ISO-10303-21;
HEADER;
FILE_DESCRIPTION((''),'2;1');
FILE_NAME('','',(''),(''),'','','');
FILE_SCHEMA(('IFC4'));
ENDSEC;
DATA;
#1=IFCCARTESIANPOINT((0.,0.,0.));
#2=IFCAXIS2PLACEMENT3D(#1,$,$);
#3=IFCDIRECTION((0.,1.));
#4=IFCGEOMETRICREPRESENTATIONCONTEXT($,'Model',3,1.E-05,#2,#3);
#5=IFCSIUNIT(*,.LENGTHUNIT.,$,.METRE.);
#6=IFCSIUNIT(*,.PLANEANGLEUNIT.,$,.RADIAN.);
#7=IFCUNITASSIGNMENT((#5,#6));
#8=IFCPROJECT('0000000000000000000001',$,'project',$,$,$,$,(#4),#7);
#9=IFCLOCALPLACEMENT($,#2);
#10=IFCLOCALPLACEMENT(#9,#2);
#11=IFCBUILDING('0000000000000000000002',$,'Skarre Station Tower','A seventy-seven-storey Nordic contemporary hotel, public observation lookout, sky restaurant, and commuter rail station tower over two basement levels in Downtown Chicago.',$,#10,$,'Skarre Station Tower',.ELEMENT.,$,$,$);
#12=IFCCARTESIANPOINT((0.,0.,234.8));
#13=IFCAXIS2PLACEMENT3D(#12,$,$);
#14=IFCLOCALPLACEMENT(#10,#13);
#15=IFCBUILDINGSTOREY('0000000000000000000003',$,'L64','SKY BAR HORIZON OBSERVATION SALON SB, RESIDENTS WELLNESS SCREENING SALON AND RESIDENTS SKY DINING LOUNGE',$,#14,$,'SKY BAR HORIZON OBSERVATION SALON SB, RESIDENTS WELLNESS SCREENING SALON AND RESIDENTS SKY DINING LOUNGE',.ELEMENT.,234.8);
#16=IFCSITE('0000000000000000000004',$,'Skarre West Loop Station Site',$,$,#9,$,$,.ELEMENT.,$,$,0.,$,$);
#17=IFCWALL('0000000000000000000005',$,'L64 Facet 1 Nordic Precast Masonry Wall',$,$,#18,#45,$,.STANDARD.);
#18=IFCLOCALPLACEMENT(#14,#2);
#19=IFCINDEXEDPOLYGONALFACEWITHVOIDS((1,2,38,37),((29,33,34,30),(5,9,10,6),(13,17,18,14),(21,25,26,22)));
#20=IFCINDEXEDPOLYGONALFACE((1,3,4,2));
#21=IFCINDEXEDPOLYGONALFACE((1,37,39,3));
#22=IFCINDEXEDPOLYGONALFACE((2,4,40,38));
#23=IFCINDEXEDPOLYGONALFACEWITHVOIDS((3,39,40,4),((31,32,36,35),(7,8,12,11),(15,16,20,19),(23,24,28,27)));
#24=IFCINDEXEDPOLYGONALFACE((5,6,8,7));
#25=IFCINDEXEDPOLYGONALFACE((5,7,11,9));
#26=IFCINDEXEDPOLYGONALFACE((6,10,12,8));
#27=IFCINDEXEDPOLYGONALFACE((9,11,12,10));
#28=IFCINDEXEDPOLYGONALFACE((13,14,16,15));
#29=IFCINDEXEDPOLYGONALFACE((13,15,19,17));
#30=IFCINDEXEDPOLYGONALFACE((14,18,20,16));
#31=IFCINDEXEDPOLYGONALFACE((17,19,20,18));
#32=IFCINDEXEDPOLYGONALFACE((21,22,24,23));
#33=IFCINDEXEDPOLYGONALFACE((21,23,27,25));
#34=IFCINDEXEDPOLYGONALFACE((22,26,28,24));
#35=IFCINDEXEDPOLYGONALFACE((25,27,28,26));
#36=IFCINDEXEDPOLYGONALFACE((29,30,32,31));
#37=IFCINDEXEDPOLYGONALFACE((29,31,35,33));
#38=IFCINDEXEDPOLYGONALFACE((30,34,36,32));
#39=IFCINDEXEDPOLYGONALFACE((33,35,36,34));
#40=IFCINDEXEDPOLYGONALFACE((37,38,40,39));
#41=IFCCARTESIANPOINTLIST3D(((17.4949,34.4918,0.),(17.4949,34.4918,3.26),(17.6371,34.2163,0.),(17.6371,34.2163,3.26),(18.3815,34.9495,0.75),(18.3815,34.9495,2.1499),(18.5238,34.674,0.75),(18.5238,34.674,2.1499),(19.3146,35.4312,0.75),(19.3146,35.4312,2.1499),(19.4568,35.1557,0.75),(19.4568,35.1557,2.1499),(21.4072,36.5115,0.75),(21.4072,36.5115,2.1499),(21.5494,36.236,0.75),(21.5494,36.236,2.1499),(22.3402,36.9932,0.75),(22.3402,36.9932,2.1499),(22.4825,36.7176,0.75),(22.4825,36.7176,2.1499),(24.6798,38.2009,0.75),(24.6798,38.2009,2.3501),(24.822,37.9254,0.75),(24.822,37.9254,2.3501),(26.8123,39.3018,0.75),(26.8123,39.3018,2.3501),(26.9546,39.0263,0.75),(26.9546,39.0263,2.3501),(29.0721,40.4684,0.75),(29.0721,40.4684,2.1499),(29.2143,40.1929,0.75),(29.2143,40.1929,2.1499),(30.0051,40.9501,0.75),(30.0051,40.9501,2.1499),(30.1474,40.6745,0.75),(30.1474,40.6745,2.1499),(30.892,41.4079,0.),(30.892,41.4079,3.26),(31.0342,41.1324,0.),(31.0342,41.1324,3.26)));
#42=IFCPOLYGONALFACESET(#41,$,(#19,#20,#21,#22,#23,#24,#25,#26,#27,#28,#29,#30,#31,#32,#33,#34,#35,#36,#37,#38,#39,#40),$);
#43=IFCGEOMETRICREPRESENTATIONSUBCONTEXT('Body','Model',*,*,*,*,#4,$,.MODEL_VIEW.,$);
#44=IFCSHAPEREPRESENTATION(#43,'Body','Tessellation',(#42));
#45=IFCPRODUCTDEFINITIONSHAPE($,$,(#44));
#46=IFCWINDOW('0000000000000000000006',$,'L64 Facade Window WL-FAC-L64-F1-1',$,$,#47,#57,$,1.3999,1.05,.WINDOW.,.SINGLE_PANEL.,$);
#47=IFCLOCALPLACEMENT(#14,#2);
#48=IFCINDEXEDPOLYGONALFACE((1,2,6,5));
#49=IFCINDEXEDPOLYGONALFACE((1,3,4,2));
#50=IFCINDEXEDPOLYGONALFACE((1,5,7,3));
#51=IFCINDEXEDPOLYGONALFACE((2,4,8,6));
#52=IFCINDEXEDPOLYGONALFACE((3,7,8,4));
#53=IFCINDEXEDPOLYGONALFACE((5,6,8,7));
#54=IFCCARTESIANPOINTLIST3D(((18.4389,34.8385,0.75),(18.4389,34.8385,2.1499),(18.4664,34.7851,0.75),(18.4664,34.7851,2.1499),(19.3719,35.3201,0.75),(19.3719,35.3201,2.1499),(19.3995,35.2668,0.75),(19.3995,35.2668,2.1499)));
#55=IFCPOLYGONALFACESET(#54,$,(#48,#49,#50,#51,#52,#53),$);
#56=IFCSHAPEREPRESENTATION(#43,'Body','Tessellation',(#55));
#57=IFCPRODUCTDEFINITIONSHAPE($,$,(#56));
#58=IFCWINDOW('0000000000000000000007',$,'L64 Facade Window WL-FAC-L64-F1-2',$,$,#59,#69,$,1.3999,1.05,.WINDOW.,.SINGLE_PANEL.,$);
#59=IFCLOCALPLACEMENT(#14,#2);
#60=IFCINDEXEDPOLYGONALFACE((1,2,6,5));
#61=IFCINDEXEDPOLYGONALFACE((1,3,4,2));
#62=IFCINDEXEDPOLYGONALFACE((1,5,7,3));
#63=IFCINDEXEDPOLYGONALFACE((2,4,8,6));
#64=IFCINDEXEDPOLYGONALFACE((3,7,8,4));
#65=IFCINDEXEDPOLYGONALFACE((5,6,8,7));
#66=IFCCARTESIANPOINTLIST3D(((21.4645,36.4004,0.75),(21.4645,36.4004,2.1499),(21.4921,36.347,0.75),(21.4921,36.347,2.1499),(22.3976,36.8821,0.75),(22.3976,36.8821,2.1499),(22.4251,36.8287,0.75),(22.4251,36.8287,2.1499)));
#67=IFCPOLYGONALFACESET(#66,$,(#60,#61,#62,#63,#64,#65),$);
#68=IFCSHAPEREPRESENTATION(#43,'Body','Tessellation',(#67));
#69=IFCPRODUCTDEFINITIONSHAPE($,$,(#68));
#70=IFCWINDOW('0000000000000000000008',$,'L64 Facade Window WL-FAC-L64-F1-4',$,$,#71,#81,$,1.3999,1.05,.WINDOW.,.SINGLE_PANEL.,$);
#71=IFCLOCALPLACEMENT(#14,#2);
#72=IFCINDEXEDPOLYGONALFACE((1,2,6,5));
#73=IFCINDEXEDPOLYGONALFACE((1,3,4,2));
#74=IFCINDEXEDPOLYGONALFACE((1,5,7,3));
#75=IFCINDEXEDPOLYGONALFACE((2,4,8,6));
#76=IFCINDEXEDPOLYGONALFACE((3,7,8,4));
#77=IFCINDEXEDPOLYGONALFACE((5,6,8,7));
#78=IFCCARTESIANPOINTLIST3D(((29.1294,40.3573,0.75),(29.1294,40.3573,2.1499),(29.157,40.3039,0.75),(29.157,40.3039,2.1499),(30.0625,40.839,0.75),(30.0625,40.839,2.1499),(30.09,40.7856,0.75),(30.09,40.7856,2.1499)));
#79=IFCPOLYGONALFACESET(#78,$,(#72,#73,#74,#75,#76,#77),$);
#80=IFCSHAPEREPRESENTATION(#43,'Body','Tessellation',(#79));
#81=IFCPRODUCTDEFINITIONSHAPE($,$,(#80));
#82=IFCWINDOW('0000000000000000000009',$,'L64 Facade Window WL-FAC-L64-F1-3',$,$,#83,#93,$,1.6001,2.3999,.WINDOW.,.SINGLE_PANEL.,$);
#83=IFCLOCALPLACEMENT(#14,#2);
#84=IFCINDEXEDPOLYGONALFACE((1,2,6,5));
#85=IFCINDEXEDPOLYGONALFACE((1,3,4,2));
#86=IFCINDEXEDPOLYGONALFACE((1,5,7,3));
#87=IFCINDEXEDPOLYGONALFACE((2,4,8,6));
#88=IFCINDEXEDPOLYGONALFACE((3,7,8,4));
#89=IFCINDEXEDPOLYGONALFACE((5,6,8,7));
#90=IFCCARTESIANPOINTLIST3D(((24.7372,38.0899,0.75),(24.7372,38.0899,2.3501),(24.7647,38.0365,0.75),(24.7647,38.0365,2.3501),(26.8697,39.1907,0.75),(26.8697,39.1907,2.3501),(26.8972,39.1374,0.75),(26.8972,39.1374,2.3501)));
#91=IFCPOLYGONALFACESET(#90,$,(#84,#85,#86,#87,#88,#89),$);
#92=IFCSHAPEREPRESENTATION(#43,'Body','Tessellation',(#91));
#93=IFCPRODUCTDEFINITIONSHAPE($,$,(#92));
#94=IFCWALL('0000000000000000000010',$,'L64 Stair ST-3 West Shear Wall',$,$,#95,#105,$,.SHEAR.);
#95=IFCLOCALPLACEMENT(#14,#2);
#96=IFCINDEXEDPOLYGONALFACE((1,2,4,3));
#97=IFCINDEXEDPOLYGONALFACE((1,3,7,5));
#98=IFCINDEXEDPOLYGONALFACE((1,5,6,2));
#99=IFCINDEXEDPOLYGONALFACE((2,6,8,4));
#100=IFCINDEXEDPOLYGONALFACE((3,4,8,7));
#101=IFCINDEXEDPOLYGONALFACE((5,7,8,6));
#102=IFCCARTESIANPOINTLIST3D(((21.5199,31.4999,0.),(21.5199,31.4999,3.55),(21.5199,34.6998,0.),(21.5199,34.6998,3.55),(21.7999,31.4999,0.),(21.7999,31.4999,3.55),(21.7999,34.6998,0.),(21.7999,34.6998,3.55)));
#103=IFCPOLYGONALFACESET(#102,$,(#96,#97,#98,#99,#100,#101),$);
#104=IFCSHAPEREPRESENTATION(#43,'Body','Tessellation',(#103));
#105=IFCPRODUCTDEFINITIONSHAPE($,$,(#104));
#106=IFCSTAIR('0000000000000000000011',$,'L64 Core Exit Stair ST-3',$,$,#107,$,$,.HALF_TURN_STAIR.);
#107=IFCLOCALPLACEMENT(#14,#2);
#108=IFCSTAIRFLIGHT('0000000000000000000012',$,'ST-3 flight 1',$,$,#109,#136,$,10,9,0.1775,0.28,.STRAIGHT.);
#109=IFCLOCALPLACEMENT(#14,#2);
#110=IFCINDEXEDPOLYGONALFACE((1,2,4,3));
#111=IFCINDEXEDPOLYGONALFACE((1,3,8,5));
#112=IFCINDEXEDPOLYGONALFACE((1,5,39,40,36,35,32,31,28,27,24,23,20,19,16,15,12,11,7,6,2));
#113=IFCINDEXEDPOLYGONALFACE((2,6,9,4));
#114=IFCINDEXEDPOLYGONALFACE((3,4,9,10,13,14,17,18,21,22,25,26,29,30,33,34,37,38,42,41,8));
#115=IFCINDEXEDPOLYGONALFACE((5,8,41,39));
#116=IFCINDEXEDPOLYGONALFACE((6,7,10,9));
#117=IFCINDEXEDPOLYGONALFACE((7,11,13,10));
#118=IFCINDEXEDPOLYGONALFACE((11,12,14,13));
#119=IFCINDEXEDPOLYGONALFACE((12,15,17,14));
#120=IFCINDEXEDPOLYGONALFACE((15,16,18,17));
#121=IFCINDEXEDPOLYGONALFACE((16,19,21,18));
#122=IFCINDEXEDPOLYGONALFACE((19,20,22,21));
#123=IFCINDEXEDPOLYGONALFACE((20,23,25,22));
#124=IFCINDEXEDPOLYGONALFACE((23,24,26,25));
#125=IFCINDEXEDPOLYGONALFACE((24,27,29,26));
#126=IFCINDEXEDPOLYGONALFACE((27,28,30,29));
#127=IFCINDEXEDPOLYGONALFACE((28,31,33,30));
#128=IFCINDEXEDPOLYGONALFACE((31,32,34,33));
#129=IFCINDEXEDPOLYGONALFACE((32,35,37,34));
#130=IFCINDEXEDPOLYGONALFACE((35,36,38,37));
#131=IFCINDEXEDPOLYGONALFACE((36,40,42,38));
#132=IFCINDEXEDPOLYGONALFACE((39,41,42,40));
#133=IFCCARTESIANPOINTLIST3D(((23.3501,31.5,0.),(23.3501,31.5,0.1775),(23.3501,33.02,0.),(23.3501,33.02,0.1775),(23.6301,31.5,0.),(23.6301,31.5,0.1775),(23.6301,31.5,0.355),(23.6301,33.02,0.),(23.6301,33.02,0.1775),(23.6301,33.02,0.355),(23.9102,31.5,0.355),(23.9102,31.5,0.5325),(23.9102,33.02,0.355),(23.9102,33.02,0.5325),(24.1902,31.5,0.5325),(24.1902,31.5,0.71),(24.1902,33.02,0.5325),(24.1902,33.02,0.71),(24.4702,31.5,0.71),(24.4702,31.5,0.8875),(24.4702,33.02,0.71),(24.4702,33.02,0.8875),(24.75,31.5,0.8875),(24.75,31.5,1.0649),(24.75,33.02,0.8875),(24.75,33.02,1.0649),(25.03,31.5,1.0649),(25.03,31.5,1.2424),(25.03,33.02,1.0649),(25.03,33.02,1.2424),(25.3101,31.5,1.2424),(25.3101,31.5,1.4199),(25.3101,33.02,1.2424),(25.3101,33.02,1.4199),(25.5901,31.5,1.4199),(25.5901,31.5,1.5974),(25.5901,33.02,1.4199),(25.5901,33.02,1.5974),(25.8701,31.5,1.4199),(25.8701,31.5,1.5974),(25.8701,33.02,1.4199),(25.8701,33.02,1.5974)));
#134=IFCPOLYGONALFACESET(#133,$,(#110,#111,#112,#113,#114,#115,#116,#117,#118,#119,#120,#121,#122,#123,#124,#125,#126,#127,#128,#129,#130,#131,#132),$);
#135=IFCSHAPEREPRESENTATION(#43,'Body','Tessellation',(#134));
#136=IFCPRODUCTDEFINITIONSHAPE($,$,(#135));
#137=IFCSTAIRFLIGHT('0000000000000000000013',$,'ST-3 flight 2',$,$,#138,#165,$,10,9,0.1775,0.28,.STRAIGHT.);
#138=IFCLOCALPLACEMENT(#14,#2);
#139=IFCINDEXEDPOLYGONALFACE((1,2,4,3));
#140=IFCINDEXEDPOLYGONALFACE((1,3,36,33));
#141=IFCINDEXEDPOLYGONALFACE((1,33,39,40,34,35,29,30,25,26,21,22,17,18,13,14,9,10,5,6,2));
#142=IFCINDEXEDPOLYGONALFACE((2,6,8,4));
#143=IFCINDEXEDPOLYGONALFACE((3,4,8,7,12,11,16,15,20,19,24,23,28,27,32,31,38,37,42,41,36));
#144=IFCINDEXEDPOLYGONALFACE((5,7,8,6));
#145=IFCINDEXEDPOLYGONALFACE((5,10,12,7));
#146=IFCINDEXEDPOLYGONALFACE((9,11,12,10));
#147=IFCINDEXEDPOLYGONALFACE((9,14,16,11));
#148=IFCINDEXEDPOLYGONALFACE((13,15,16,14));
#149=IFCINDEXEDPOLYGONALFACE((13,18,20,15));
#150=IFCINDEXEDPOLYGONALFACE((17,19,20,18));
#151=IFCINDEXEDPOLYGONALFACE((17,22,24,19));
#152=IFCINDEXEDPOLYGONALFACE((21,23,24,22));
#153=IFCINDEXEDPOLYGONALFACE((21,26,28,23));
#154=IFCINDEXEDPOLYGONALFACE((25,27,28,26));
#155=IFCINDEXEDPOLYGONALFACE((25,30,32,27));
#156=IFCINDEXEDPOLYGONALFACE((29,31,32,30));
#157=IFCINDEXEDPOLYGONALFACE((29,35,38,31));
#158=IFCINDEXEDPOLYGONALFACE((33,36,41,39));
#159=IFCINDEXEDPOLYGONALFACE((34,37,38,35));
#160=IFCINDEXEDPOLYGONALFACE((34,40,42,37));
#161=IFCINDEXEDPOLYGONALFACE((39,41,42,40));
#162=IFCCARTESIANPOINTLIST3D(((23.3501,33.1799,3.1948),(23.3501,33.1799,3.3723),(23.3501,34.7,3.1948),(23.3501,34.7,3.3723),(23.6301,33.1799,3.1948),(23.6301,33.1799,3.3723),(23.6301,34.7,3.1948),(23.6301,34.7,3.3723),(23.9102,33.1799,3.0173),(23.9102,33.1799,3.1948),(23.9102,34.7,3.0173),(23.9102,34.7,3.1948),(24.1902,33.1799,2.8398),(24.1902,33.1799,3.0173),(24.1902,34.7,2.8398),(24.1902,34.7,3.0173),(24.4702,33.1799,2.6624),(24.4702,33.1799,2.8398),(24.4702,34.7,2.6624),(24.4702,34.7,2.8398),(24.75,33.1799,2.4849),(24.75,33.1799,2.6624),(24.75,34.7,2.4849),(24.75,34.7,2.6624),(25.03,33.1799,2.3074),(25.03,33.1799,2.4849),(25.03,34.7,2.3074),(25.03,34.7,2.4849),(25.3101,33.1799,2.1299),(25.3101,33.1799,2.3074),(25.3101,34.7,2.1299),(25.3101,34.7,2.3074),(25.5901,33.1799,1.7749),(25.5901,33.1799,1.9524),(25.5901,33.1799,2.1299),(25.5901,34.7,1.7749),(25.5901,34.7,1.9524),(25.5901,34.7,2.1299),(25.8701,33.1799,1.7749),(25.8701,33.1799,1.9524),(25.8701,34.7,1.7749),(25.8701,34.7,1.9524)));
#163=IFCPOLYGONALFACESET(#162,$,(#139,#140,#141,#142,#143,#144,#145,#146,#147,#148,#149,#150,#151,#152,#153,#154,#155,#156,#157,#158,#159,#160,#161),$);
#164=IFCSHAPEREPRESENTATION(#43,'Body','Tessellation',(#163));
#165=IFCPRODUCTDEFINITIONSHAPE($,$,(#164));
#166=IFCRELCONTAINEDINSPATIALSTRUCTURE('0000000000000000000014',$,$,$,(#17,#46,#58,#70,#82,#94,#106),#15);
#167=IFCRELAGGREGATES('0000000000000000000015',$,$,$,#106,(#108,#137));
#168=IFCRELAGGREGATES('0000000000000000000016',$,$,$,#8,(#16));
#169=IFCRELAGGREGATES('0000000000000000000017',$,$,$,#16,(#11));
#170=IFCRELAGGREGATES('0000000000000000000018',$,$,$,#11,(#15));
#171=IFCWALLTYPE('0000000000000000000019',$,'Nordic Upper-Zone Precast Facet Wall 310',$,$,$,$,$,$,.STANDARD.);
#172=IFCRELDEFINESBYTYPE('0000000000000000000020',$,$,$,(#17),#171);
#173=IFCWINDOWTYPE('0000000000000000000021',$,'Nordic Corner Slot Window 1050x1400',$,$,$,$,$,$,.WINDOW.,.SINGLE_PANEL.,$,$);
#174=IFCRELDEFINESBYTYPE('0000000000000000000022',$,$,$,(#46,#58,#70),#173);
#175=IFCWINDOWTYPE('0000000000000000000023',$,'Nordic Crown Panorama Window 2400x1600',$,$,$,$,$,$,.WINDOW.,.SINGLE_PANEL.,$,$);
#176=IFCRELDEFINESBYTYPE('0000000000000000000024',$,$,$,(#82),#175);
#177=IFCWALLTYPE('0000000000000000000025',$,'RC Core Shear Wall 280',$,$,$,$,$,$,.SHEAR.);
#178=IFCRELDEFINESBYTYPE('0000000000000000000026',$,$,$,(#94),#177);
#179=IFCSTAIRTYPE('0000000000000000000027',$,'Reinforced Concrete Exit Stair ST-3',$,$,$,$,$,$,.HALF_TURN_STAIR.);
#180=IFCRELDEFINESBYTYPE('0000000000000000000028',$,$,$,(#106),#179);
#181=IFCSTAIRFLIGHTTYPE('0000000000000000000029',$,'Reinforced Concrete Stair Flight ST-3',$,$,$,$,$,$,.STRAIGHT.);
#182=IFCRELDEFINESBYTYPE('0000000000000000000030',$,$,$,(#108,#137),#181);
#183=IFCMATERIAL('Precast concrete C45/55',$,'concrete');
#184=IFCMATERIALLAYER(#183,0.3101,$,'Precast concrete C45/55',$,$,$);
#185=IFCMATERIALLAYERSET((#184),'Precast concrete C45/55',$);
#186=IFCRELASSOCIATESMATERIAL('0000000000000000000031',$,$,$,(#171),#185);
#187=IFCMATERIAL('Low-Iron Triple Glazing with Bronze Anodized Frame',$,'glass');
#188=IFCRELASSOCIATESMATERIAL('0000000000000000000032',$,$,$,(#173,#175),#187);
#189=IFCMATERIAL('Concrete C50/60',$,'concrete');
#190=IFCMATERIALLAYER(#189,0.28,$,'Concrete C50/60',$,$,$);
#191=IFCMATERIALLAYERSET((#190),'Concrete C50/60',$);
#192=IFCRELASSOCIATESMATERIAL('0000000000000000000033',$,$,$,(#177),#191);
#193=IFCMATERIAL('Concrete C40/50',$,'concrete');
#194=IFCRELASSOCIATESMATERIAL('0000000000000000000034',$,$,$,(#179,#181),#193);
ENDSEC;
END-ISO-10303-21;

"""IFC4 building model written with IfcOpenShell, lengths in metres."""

from ifc_helpers import new_model, si_unit, direction, frame, frame_2d, origin, place, context, subcontext, project, spatial, polyline, rectangle, outline, extrude, material, layer, layer_set, type_object, element, fill, aggregate, save


model = new_model("IFC4")

# Units and contexts
model_context = context("Model", 3, precision=1e-05, world=origin(), true_north=direction((0.0, 1.0)))
body_context = subcontext(model_context, "Body", "Model", "MODEL_VIEW")
ifc_project = project(units=[si_unit("LENGTHUNIT", "METRE"), si_unit("PLANEANGLEUNIT", "RADIAN")], contexts=[model_context])

# Site, building, storey
site_placement = place(None, origin())
site = spatial("IfcSite", under=ifc_project, at=site_placement, Name="Skarre West Loop Station Site", CompositionType="ELEMENT", RefElevation=0.0)
building_placement = place(site_placement, origin())
building = spatial("IfcBuilding", under=site, at=building_placement, Name="Skarre Station Tower", Description="A seventy-seven-storey Nordic contemporary hotel, public observation lookout, sky restaurant, and commuter rail station tower over two basement levels in Downtown Chicago.", LongName="Skarre Station Tower", CompositionType="ELEMENT")
storey_placement = place(building_placement, frame((0.0, 0.0, 234.8)))
storey = spatial("IfcBuildingStorey", under=building, at=storey_placement, Name="L64", Description="SKY BAR HORIZON OBSERVATION SALON SB, RESIDENTS WELLNESS SCREENING SALON AND RESIDENTS SKY DINING LOUNGE", LongName="SKY BAR HORIZON OBSERVATION SALON SB, RESIDENTS WELLNESS SCREENING SALON AND RESIDENTS SKY DINING LOUNGE", CompositionType="ELEMENT", Elevation=234.8)

# Shared definitions
ifc_material_1 = material(Name="Concrete C50/60", Category="concrete")

# Shared definitions
ifc_material_2 = material(Name="Precast concrete C45/55", Category="concrete")

# Wall, openings, windows
ifc_layer_1 = layer(ifc_material_2, 0.3101, Name="Precast concrete C45/55")
ifc_layer_set_1 = layer_set([ifc_layer_1], Name="Precast concrete C45/55")
wall_type_1 = type_object("IfcWallType", Name="Nordic Upper-Zone Precast Facet Wall 310", PredefinedType="STANDARD", material=ifc_layer_set_1)
wall_1_placement = place(storey_placement, frame((17.5659, 34.354, 0.0), z_axis=(0.0, 0.0, 1.0), x_axis=(0.888581, 0.458719, 0.0)))
wall_1 = element("IfcWall", 1, at=wall_1_placement, inside=storey, type_object=wall_type_1, Name="L64 Facet 1 Nordic Precast Masonry Wall", PredefinedType="STANDARD", context=body_context, shape_type="SweptSolid", body=[
    extrude(rectangle(XDim=15.0769, YDim=0.3101, at=frame_2d((7.5386, 0.0))), origin(), (0.0, 0.0, 1.0), 3.26),
])
opening_1_placement = place(wall_1_placement, frame((0.998, 0.0, 0.75)))
opening_1 = element("IfcOpeningElement", 2, at=opening_1_placement, cuts=wall_1, PredefinedType="OPENING", context=body_context, shape_type="SweptSolid", body=[
    extrude(rectangle(XDim=1.05, YDim=1.3999, at=frame_2d((0.5249, 0.7))), frame((0.0, 0.165, 0.0), z_axis=(0.0, -1.0, 0.0), x_axis=(1.0, 0.0, 0.0)), (0.0, 0.0, 1.0), 0.3301),
])
opening_2_placement = place(wall_1_placement, frame((4.4031, 0.0, 0.75)))
opening_2 = element("IfcOpeningElement", 3, at=opening_2_placement, cuts=wall_1, PredefinedType="OPENING", context=body_context, shape_type="SweptSolid", body=[
    extrude(rectangle(XDim=1.05, YDim=1.3999, at=frame_2d((0.5249, 0.7))), frame((0.0, 0.165, 0.0), z_axis=(0.0, -1.0, 0.0), x_axis=(1.0, 0.0, 0.0)), (0.0, 0.0, 1.0), 0.3301),
])
opening_3_placement = place(wall_1_placement, frame((8.0859, 0.0, 0.75)))
opening_3 = element("IfcOpeningElement", 4, at=opening_3_placement, cuts=wall_1, PredefinedType="OPENING", context=body_context, shape_type="SweptSolid", body=[
    extrude(rectangle(XDim=2.3999, YDim=1.6001, at=frame_2d((1.2, 0.8))), frame((0.0, 0.165, 0.0), z_axis=(0.0, -1.0, 0.0), x_axis=(1.0, 0.0, 0.0)), (0.0, 0.0, 1.0), 0.3301),
])
opening_4_placement = place(wall_1_placement, frame((13.0291, 0.0, 0.75)))
opening_4 = element("IfcOpeningElement", 5, at=opening_4_placement, cuts=wall_1, PredefinedType="OPENING", context=body_context, shape_type="SweptSolid", body=[
    extrude(rectangle(XDim=1.05, YDim=1.3999, at=frame_2d((0.5249, 0.7))), frame((0.0, 0.165, 0.0), z_axis=(0.0, -1.0, 0.0), x_axis=(1.0, 0.0, 0.0)), (0.0, 0.0, 1.0), 0.3301),
])
ifc_material_3 = material(Name="Low-Iron Triple Glazing with Bronze Anodized Frame", Category="glass")
window_type_1 = type_object("IfcWindowType", Name="Nordic Corner Slot Window 1050x1400", PartitioningType="SINGLE_PANEL", PredefinedType="WINDOW", material=ifc_material_3)
window_1_placement = place(opening_1_placement, origin())
window_1 = element("IfcWindow", 6, at=window_1_placement, inside=storey, type_object=window_type_1, Name="L64 Facade Window WL-FAC-L64-F1-1", OverallHeight=1.3999, OverallWidth=1.05, PartitioningType="SINGLE_PANEL", PredefinedType="WINDOW", context=body_context, shape_type="SweptSolid", body=[
    extrude(rectangle(XDim=1.05, YDim=1.3999, at=frame_2d((0.5249, 0.7))), frame((0.0, 0.03, 0.0), z_axis=(0.0, -1.0, 0.0), x_axis=(1.0, 0.0, 0.0)), (0.0, 0.0, 1.0), 0.0601),
])
fill(opening_1, window_1)
window_2_placement = place(opening_2_placement, origin())
window_2 = element("IfcWindow", 7, at=window_2_placement, inside=storey, type_object=window_type_1, Name="L64 Facade Window WL-FAC-L64-F1-2", OverallHeight=1.3999, OverallWidth=1.05, PartitioningType="SINGLE_PANEL", PredefinedType="WINDOW", context=body_context, shape_type="SweptSolid", body=[
    extrude(rectangle(XDim=1.05, YDim=1.3999, at=frame_2d((0.5249, 0.7))), frame((0.0, 0.03, 0.0), z_axis=(0.0, -1.0, 0.0), x_axis=(1.0, 0.0, 0.0)), (0.0, 0.0, 1.0), 0.0601),
])
fill(opening_2, window_2)
window_3_placement = place(opening_4_placement, origin())
window_3 = element("IfcWindow", 8, at=window_3_placement, inside=storey, type_object=window_type_1, Name="L64 Facade Window WL-FAC-L64-F1-4", OverallHeight=1.3999, OverallWidth=1.05, PartitioningType="SINGLE_PANEL", PredefinedType="WINDOW", context=body_context, shape_type="SweptSolid", body=[
    extrude(rectangle(XDim=1.05, YDim=1.3999, at=frame_2d((0.5249, 0.7))), frame((0.0, 0.03, 0.0), z_axis=(0.0, -1.0, 0.0), x_axis=(1.0, 0.0, 0.0)), (0.0, 0.0, 1.0), 0.0601),
])
fill(opening_4, window_3)
window_type_2 = type_object("IfcWindowType", Name="Nordic Crown Panorama Window 2400x1600", PartitioningType="SINGLE_PANEL", PredefinedType="WINDOW", material=ifc_material_3)
window_4_placement = place(opening_3_placement, origin())
window_4 = element("IfcWindow", 9, at=window_4_placement, inside=storey, type_object=window_type_2, Name="L64 Facade Window WL-FAC-L64-F1-3", OverallHeight=1.6001, OverallWidth=2.3999, PartitioningType="SINGLE_PANEL", PredefinedType="WINDOW", context=body_context, shape_type="SweptSolid", body=[
    extrude(rectangle(XDim=2.3999, YDim=1.6001, at=frame_2d((1.2, 0.8))), frame((0.0, 0.03, 0.0), z_axis=(0.0, -1.0, 0.0), x_axis=(1.0, 0.0, 0.0)), (0.0, 0.0, 1.0), 0.0601),
])
fill(opening_3, window_4)

# Wall
ifc_layer_2 = layer(ifc_material_1, 0.28, Name="Concrete C50/60")
ifc_layer_set_2 = layer_set([ifc_layer_2], Name="Concrete C50/60")
wall_type_2 = type_object("IfcWallType", Name="RC Core Shear Wall 280", PredefinedType="SHEAR", material=ifc_layer_set_2)
wall_2_placement = place(storey_placement, frame((21.6599, 34.7, 0.0), z_axis=(0.0, 0.0, 1.0), x_axis=(0.0, -1.0, 0.0)))
element("IfcWall", 10, at=wall_2_placement, inside=storey, type_object=wall_type_2, Name="L64 Stair ST-3 West Shear Wall", PredefinedType="SHEAR", context=body_context, shape_type="SweptSolid", body=[
    extrude(rectangle(XDim=3.2, YDim=0.28, at=frame_2d((1.6001, 0.0))), origin(), (0.0, 0.0, 1.0), 3.55),
])

# Stair, stair flights
ifc_material_4 = material(Name="Concrete C40/50", Category="concrete")
stair_type = type_object("IfcStairType", Name="Reinforced Concrete Exit Stair ST-3", PredefinedType="HALF_TURN_STAIR", material=ifc_material_4)
stair_placement = place(storey_placement, origin())
stair = element("IfcStair", 11, at=stair_placement, inside=storey, type_object=stair_type, Name="L64 Core Exit Stair ST-3", PredefinedType="HALF_TURN_STAIR")
stair_flight_type = type_object("IfcStairFlightType", Name="Reinforced Concrete Stair Flight ST-3", PredefinedType="STRAIGHT", material=ifc_material_4)
stair_flight_1_placement = place(storey_placement, frame((23.3501, 32.26, 0.0), z_axis=(0.0, 0.0, 1.0), x_axis=(1.0, 0.0, 0.0)))
stair_flight_1 = element("IfcStairFlight", 12, at=stair_flight_1_placement, type_object=stair_flight_type, Name="ST-3 flight 1", NumberOfRisers=10, NumberOfTreads=9, PredefinedType="STRAIGHT", RiserHeight=0.1775, TreadLength=0.28, context=body_context, shape_type="SweptSolid", body=[
    extrude(outline(polyline([(0.0, 0.0), (0.0, 0.1775), (0.28, 0.1775), (0.28, 0.355), (0.5601, 0.355), (0.5601, 0.5325), (0.8401, 0.5325), (0.8401, 0.71), (1.1201, 0.71), (1.1201, 0.8875), (1.3999, 0.8875), (1.3999, 1.0649), (1.6799, 1.0649), (1.6799, 1.2424), (1.96, 1.2424), (1.96, 1.4199), (2.24, 1.4199), (2.24, 1.5974), (2.52, 1.5974), (2.52, 1.7749), (2.52, 1.4199), (0.28, 0.0), (0.0, 0.0)])), frame((0.0, 0.76, 0.0), z_axis=(0.0, -1.0, 0.0), x_axis=(1.0, 0.0, 0.0)), (0.0, 0.0, 1.0), 1.52),
])
stair_flight_2_placement = place(storey_placement, frame((25.8701, 33.9399, 1.7749), z_axis=(0.0, 0.0, 1.0), x_axis=(-1.0, 0.0, 0.0)))
stair_flight_2 = element("IfcStairFlight", 13, at=stair_flight_2_placement, type_object=stair_flight_type, Name="ST-3 flight 2", NumberOfRisers=10, NumberOfTreads=9, PredefinedType="STRAIGHT", RiserHeight=0.1775, TreadLength=0.28, context=body_context, shape_type="SweptSolid", body=[
    extrude(outline(polyline([(0.0, 0.0), (0.0, 0.1775), (0.28, 0.1775), (0.28, 0.355), (0.5601, 0.355), (0.5601, 0.5325), (0.8401, 0.5325), (0.8401, 0.71), (1.1201, 0.71), (1.1201, 0.8875), (1.3999, 0.8875), (1.3999, 1.0649), (1.6799, 1.0649), (1.6799, 1.2424), (1.96, 1.2424), (1.96, 1.4199), (2.24, 1.4199), (2.24, 1.5974), (2.52, 1.5974), (2.52, 1.7749), (2.52, 1.4199), (0.28, 0.0), (0.0, 0.0)])), frame((0.0, 0.76, 0.0), z_axis=(0.0, -1.0, 0.0), x_axis=(1.0, 0.0, 0.0)), (0.0, 0.0, 1.0), 1.52),
])
aggregate(stair, [stair_flight_1, stair_flight_2])

save(model, "model.ifc")
